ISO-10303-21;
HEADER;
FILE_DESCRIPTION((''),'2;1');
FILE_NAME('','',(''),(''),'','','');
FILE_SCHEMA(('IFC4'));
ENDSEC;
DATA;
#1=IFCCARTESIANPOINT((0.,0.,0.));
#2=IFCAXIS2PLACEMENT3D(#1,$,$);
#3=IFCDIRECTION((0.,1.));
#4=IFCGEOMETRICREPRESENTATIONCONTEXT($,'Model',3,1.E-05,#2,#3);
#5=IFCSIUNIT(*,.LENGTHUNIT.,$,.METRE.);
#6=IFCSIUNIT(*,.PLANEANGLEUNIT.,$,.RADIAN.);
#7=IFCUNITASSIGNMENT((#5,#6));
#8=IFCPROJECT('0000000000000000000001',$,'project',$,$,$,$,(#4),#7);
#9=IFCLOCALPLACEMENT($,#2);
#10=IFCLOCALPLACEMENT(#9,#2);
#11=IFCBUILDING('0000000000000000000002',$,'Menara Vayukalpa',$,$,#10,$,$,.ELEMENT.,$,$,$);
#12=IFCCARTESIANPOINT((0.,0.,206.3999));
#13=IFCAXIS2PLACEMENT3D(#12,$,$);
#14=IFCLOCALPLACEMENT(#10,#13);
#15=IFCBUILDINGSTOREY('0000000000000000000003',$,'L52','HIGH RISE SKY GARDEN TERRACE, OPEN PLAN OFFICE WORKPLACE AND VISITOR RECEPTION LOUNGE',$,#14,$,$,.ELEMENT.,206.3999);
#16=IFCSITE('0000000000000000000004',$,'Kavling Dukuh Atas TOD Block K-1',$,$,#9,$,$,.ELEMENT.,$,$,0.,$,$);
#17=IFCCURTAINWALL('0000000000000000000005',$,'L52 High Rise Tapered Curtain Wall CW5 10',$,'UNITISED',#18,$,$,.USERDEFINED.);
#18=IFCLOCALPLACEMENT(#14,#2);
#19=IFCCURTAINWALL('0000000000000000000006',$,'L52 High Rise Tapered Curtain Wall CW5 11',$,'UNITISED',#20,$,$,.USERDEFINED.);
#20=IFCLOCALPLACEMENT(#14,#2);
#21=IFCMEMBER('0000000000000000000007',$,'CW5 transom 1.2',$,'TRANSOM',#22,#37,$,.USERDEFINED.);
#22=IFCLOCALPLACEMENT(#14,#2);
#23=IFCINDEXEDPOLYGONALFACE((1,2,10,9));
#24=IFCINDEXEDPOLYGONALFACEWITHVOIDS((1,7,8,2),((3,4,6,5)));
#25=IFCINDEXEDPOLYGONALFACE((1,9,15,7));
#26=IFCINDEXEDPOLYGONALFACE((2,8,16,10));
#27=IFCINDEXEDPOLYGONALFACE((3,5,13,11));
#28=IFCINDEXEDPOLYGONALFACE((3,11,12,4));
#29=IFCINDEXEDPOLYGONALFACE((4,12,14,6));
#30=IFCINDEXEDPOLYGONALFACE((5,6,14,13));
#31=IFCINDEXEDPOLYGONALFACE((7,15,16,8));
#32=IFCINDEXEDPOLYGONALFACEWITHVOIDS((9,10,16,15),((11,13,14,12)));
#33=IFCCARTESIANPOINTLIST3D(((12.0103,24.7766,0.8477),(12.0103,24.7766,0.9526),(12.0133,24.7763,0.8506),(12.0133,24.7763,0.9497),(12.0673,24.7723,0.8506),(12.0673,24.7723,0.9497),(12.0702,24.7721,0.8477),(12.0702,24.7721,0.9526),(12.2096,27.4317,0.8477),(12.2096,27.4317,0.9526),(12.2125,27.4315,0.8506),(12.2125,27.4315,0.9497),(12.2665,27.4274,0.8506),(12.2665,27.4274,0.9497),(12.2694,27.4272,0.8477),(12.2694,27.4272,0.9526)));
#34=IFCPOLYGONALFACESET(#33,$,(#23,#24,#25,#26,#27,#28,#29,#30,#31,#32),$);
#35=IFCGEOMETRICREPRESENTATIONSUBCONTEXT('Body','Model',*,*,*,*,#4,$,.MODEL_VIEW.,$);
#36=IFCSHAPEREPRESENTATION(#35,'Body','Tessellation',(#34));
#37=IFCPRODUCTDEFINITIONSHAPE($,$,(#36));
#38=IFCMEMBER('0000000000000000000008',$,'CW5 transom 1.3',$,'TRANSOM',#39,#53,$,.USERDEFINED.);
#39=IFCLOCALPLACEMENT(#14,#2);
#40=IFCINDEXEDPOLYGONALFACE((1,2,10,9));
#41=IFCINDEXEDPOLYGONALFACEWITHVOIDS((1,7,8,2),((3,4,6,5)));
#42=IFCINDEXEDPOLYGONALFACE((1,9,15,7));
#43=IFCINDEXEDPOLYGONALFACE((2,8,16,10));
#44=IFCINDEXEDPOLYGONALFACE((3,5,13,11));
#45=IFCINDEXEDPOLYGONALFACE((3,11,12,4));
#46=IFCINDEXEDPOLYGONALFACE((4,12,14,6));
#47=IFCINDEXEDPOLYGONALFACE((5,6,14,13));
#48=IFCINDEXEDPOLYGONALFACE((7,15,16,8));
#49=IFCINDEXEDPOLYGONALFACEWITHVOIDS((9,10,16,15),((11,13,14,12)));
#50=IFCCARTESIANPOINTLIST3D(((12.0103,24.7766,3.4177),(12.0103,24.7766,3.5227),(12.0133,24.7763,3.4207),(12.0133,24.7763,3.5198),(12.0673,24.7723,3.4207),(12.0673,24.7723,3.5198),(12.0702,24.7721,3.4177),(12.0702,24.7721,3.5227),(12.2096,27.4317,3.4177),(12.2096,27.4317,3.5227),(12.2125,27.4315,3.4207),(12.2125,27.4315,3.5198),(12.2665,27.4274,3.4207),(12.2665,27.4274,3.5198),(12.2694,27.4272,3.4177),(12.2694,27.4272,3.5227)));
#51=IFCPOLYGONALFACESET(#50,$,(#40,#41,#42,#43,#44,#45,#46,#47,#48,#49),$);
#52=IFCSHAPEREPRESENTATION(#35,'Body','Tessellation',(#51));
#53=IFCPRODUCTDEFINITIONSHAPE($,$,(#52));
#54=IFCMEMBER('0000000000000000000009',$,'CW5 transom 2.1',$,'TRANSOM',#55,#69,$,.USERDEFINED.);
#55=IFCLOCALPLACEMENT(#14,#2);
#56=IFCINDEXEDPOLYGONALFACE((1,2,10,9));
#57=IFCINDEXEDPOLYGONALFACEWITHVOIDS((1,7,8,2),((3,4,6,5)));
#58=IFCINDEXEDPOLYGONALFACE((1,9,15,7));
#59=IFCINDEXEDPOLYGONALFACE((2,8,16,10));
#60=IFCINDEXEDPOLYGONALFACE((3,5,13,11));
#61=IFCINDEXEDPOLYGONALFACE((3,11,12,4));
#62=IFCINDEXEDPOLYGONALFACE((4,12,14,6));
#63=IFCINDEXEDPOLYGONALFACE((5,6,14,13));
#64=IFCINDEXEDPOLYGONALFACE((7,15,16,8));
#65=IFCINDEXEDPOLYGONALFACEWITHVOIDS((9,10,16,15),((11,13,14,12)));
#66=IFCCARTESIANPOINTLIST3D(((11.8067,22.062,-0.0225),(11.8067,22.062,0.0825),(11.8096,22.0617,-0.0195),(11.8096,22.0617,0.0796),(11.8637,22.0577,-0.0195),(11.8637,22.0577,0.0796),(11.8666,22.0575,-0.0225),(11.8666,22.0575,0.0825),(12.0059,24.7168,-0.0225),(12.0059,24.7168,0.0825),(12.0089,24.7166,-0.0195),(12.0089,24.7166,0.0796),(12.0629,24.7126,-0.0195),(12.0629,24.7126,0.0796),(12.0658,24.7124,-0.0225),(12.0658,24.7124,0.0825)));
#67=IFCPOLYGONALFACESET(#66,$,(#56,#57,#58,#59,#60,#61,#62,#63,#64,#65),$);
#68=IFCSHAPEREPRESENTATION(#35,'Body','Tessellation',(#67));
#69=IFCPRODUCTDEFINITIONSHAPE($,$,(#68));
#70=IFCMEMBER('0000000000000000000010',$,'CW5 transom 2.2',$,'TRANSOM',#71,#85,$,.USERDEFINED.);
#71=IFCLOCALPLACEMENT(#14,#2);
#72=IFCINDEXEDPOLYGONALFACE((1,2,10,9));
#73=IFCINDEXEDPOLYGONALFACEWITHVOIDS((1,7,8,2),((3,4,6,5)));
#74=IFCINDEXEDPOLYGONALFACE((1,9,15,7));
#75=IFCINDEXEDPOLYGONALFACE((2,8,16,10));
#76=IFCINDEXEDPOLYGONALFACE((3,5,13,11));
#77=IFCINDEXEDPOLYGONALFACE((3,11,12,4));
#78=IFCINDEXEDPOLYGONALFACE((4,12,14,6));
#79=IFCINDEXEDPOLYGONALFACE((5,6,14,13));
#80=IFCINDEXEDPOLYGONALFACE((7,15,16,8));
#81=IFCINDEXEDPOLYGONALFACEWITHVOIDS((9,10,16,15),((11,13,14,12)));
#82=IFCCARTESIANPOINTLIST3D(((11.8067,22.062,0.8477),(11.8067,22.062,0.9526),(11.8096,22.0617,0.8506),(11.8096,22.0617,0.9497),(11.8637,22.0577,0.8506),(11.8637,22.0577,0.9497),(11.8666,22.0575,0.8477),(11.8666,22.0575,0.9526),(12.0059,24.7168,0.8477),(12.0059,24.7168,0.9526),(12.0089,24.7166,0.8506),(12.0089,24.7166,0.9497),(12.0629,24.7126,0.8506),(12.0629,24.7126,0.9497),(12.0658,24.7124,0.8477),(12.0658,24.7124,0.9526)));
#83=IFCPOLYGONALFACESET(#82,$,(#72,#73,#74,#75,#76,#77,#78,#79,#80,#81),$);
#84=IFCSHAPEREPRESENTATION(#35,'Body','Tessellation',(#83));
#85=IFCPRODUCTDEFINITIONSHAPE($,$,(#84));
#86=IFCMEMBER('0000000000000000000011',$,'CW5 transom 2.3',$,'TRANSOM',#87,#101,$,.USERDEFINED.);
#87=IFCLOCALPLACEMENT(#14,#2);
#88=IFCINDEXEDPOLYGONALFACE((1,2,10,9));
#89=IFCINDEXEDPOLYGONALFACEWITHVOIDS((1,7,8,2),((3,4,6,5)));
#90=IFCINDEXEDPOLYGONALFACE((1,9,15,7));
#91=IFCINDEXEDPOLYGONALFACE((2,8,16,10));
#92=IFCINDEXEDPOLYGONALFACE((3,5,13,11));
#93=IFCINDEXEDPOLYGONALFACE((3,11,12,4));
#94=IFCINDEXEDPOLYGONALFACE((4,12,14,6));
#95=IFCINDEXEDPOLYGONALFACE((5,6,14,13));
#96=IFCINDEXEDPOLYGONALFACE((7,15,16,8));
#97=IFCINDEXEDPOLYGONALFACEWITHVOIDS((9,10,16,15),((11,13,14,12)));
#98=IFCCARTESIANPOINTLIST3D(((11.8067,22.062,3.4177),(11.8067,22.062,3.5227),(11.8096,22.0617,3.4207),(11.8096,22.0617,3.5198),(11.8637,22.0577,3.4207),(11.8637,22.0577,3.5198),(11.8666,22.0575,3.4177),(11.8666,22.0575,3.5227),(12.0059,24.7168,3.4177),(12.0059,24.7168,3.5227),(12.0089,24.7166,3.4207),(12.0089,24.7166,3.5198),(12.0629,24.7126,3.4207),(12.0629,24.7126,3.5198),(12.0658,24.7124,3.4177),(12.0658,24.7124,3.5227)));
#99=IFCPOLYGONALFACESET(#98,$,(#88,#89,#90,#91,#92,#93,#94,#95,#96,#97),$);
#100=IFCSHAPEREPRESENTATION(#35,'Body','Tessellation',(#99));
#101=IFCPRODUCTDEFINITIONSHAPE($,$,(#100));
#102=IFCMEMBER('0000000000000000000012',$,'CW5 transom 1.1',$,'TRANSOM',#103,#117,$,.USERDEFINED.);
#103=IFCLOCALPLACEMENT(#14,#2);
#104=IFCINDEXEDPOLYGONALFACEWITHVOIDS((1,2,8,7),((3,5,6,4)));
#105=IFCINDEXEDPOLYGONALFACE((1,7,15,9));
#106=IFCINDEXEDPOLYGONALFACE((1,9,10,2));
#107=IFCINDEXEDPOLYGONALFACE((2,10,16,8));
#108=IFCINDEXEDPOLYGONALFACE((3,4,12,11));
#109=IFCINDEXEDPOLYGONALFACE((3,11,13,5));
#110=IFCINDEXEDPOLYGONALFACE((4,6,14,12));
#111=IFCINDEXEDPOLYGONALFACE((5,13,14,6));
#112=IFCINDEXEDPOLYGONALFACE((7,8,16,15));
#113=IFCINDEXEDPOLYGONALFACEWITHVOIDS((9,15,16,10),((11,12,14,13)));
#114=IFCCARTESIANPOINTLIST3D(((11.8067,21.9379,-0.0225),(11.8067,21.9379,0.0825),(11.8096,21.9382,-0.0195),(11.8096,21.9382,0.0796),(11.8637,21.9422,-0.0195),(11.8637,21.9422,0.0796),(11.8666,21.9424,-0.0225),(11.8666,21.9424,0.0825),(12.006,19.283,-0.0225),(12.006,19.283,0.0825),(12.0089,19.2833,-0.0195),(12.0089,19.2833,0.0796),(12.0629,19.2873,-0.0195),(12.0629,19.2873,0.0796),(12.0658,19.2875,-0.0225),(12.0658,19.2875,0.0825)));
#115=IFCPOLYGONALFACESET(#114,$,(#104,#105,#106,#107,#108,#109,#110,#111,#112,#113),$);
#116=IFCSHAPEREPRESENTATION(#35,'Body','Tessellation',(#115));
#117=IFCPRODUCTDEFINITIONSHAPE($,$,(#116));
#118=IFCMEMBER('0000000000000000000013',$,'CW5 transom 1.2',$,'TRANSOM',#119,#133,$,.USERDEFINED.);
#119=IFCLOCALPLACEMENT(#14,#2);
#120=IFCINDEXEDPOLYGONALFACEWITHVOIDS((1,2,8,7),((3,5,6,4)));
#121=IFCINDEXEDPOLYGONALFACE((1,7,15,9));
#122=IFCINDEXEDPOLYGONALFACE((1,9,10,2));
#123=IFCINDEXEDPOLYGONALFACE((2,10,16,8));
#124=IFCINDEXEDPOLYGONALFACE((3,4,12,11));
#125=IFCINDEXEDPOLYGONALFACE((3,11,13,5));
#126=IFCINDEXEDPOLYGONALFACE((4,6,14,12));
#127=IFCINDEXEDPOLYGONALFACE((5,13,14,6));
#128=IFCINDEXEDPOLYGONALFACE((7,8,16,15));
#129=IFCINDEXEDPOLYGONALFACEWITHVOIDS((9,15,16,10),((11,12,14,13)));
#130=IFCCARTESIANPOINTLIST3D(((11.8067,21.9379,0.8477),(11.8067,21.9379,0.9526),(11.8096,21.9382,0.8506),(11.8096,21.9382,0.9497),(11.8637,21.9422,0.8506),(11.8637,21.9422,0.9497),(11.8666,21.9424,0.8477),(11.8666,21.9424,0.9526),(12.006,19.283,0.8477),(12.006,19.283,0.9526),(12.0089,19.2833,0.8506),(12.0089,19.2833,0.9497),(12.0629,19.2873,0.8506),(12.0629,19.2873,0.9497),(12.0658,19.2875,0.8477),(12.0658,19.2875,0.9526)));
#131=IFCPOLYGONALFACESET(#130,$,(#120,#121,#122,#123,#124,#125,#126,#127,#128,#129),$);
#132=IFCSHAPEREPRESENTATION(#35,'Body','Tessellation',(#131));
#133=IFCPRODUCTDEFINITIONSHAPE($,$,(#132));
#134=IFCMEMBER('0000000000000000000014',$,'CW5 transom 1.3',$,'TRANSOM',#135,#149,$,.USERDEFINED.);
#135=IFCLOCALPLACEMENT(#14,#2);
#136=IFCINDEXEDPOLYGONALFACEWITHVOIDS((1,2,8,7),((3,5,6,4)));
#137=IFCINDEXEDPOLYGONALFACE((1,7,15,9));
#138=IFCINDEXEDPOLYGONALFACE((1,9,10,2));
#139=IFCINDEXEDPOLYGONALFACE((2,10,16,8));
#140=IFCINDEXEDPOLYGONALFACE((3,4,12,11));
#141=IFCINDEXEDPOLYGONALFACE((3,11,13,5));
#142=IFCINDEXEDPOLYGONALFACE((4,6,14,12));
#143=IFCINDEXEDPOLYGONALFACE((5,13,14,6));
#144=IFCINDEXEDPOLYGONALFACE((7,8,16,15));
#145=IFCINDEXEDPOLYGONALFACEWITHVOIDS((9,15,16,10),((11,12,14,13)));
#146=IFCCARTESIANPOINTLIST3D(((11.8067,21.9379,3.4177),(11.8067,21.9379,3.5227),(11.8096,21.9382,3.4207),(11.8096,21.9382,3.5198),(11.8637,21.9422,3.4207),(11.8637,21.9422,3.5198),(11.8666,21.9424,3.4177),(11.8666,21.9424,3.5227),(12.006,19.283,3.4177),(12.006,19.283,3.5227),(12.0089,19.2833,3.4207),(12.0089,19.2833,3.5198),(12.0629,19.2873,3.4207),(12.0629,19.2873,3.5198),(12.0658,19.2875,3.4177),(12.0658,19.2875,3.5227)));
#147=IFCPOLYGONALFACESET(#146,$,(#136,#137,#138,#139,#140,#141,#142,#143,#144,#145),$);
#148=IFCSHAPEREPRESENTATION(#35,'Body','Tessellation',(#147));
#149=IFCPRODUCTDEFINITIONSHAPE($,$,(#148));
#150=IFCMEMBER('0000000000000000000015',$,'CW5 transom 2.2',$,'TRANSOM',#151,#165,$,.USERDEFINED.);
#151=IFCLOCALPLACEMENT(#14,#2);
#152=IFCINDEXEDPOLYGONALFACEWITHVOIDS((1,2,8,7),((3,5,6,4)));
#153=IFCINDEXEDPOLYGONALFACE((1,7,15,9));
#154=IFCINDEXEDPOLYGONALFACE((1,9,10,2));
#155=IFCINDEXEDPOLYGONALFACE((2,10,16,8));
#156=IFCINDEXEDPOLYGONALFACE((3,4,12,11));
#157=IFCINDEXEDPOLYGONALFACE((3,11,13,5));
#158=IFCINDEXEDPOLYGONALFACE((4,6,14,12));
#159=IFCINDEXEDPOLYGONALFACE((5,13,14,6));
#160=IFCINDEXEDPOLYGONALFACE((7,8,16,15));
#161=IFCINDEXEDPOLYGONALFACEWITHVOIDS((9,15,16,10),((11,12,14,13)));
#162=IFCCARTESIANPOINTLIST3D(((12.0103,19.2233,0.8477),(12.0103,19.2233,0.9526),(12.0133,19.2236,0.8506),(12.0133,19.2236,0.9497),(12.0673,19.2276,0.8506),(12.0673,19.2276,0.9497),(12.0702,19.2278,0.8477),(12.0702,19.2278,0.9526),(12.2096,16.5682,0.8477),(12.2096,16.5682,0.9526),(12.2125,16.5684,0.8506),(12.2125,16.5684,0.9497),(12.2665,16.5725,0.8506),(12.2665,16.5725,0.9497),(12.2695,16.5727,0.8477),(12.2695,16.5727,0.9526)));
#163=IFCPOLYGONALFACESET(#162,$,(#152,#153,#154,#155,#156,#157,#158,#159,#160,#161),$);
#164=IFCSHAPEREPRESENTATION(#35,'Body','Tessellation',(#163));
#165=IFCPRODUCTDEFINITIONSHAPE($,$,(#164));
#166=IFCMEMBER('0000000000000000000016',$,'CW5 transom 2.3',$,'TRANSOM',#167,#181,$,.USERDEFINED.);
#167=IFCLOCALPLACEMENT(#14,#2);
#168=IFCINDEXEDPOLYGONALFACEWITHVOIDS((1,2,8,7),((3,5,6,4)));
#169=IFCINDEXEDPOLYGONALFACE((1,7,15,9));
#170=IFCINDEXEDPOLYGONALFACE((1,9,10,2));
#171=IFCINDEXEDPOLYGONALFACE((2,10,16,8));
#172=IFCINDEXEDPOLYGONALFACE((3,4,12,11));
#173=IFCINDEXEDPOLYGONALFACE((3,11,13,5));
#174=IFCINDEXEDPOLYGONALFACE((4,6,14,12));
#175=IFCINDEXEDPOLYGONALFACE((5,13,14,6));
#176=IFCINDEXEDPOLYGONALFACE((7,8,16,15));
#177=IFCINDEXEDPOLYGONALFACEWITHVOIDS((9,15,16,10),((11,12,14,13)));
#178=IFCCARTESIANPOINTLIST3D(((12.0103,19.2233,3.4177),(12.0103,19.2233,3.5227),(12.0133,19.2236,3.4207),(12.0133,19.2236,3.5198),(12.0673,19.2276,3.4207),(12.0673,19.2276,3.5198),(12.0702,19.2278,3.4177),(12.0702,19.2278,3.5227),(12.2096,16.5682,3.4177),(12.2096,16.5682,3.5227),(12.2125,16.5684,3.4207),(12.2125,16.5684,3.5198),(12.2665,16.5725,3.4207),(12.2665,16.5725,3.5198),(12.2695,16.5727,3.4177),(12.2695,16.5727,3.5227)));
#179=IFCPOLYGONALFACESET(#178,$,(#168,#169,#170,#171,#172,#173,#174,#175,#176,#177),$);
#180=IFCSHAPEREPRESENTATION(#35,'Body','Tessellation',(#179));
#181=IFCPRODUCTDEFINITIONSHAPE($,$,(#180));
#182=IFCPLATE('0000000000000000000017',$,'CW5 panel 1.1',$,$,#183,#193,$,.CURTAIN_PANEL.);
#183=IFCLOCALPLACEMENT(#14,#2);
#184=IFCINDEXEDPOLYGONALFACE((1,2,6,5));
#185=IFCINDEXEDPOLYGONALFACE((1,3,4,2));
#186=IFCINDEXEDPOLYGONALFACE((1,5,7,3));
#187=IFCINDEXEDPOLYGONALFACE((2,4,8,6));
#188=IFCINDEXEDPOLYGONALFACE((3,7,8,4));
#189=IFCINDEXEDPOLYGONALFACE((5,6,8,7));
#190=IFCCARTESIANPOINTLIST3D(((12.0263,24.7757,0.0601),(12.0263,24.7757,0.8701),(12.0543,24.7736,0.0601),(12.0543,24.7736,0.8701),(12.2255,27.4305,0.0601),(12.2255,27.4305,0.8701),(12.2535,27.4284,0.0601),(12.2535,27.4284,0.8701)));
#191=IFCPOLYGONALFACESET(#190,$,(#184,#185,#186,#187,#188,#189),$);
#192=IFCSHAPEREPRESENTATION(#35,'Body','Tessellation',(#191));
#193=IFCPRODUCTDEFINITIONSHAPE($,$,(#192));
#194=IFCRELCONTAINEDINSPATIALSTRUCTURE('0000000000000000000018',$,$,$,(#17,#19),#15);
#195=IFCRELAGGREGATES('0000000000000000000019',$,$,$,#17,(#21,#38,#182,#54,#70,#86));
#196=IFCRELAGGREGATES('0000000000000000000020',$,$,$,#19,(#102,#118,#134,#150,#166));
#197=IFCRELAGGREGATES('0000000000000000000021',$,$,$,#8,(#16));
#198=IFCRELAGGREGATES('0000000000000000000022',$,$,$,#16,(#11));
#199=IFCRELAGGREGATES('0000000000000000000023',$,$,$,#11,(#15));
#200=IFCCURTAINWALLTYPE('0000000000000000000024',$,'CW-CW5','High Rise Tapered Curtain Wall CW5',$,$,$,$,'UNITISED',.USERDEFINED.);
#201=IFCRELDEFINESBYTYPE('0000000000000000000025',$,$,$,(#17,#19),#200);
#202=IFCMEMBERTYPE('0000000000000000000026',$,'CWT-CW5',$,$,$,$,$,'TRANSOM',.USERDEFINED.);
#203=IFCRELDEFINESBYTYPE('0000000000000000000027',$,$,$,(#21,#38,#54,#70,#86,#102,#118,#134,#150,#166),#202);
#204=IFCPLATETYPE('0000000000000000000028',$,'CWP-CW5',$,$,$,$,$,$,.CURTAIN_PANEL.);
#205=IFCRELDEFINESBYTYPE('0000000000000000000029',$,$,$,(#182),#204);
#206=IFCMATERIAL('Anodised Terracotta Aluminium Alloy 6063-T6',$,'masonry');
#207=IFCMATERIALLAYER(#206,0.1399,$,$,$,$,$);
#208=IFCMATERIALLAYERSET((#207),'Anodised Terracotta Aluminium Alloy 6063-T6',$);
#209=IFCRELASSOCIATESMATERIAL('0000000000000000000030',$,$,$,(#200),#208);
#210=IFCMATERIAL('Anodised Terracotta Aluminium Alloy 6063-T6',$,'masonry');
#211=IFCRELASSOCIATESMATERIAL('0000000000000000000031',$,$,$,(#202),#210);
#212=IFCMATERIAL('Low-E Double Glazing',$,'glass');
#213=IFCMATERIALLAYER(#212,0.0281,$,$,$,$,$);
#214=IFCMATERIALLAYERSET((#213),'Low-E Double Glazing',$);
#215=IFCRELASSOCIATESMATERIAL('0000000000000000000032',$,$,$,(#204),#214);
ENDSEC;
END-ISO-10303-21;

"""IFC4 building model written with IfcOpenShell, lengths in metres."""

from ifc_helpers import new_model, si_unit, direction, frame, origin, origin_2d, place, context, subcontext, project, spatial, rectangle, hollow_rectangle, extrude, material, layer, layer_set, material_profile, profile_set, type_object, element, aggregate, save


model = new_model("IFC4")

# Units and contexts
model_context = context("Model", 3, precision=1e-05, world=origin(), true_north=direction((0.0, 1.0)))
body_context = subcontext(model_context, "Body", "Model", "MODEL_VIEW")
ifc_project = project(units=[si_unit("LENGTHUNIT", "METRE"), si_unit("PLANEANGLEUNIT", "RADIAN")], contexts=[model_context])

# Site, building, storey
site_placement = place(None, origin())
site = spatial("IfcSite", under=ifc_project, at=site_placement, Name="Kavling Dukuh Atas TOD Block K-1", CompositionType="ELEMENT", RefElevation=0.0)
building_placement = place(site_placement, origin())
building = spatial("IfcBuilding", under=site, at=building_placement, Name="Menara Vayukalpa", CompositionType="ELEMENT")
storey_placement = place(building_placement, frame((0.0, 0.0, 206.3999)))
storey = spatial("IfcBuildingStorey", under=building, at=storey_placement, Name="L52", Description="HIGH RISE SKY GARDEN TERRACE, OPEN PLAN OFFICE WORKPLACE AND VISITOR RECEPTION LOUNGE", CompositionType="ELEMENT", Elevation=206.3999)

# Curtain walls
ifc_material_1 = material(Name="Anodised Terracotta Aluminium Alloy 6063-T6", Category="masonry")
ifc_layer_1 = layer(ifc_material_1, 0.1399)
ifc_layer_set_1 = layer_set([ifc_layer_1], Name="Anodised Terracotta Aluminium Alloy 6063-T6")
curtain_wall_type = type_object("IfcCurtainWallType", Name="CW-CW5", Description="High Rise Tapered Curtain Wall CW5", ElementType="UNITISED", PredefinedType="USERDEFINED", material=ifc_layer_set_1)
curtain_wall_1_placement = place(storey_placement, origin())
curtain_wall_1 = element("IfcCurtainWall", 1, at=curtain_wall_1_placement, inside=storey, type_object=curtain_wall_type, Name="L52 High Rise Tapered Curtain Wall CW5 10", ObjectType="UNITISED", PredefinedType="USERDEFINED")
curtain_wall_2_placement = place(storey_placement, origin())
curtain_wall_2 = element("IfcCurtainWall", 2, at=curtain_wall_2_placement, inside=storey, type_object=curtain_wall_type, Name="L52 High Rise Tapered Curtain Wall CW5 11", ObjectType="UNITISED", PredefinedType="USERDEFINED")

# Members
ifc_material_2 = material(Name="Anodised Terracotta Aluminium Alloy 6063-T6", Category="masonry")
ifc_material_profile_1 = material_profile(ifc_material_2, hollow_rectangle(XDim=0.0601, YDim=0.105, WallThickness=0.0029, at=origin_2d()), Name="ALU 60x105x3")
ifc_profile_set_1 = profile_set([ifc_material_profile_1], Name="Anodised Terracotta Aluminium Alloy 6063-T6")
member_type_1 = type_object("IfcMemberType", Name="CWT-CW5", ElementType="TRANSOM", PredefinedType="USERDEFINED", material=ifc_profile_set_1)
member_1_placement = place(storey_placement, frame((12.2395, 27.4294, 0.9001), z_axis=(-0.074824, -0.997197, 0.0), x_axis=(0.997197, -0.074824, 0.0)))
member_1 = element("IfcMember", 3, at=member_1_placement, type_object=member_type_1, Name="CW5 transom 1.2", ObjectType="TRANSOM", PredefinedType="USERDEFINED", context=body_context, shape_type="SweptSolid", body=[
    extrude(hollow_rectangle(XDim=0.0601, YDim=0.105, WallThickness=0.0029, at=origin_2d()), origin(), (0.0, 0.0, 1.0), 2.6626),
])
member_2_placement = place(storey_placement, frame((12.2395, 27.4294, 3.4702), z_axis=(-0.074824, -0.997197, 0.0), x_axis=(0.997197, -0.074824, 0.0)))
member_2 = element("IfcMember", 4, at=member_2_placement, type_object=member_type_1, Name="CW5 transom 1.3", ObjectType="TRANSOM", PredefinedType="USERDEFINED", context=body_context, shape_type="SweptSolid", body=[
    extrude(hollow_rectangle(XDim=0.0601, YDim=0.105, WallThickness=0.0029, at=origin_2d()), origin(), (0.0, 0.0, 1.0), 2.6626),
])
member_3_placement = place(storey_placement, frame((12.0359, 24.7146, 0.03), z_axis=(-0.074831, -0.997196, 0.0), x_axis=(0.997196, -0.074831, 0.0)))
member_3 = element("IfcMember", 5, at=member_3_placement, type_object=member_type_1, Name="CW5 transom 2.1", ObjectType="TRANSOM", PredefinedType="USERDEFINED", context=body_context, shape_type="SweptSolid", body=[
    extrude(hollow_rectangle(XDim=0.0601, YDim=0.105, WallThickness=0.0029, at=origin_2d()), origin(), (0.0, 0.0, 1.0), 2.6624),
])
member_4_placement = place(storey_placement, frame((12.0359, 24.7146, 0.9001), z_axis=(-0.074831, -0.997196, 0.0), x_axis=(0.997196, -0.074831, 0.0)))
member_4 = element("IfcMember", 6, at=member_4_placement, type_object=member_type_1, Name="CW5 transom 2.2", ObjectType="TRANSOM", PredefinedType="USERDEFINED", context=body_context, shape_type="SweptSolid", body=[
    extrude(hollow_rectangle(XDim=0.0601, YDim=0.105, WallThickness=0.0029, at=origin_2d()), origin(), (0.0, 0.0, 1.0), 2.6624),
])
member_5_placement = place(storey_placement, frame((12.0359, 24.7146, 3.4702), z_axis=(-0.074831, -0.997196, 0.0), x_axis=(0.997196, -0.074831, 0.0)))
member_5 = element("IfcMember", 7, at=member_5_placement, type_object=member_type_1, Name="CW5 transom 2.3", ObjectType="TRANSOM", PredefinedType="USERDEFINED", context=body_context, shape_type="SweptSolid", body=[
    extrude(hollow_rectangle(XDim=0.0601, YDim=0.105, WallThickness=0.0029, at=origin_2d()), origin(), (0.0, 0.0, 1.0), 2.6624),
])
member_6_placement = place(storey_placement, frame((11.8367, 21.9402, 0.03), z_axis=(0.074831, -0.997196, 0.0), x_axis=(0.997196, 0.074831, 0.0)))
member_6 = element("IfcMember", 8, at=member_6_placement, type_object=member_type_1, Name="CW5 transom 1.1", ObjectType="TRANSOM", PredefinedType="USERDEFINED", context=body_context, shape_type="SweptSolid", body=[
    extrude(hollow_rectangle(XDim=0.0601, YDim=0.105, WallThickness=0.0029, at=origin_2d()), origin(), (0.0, 0.0, 1.0), 2.6624),
])
member_7_placement = place(storey_placement, frame((11.8367, 21.9402, 0.9001), z_axis=(0.074831, -0.997196, 0.0), x_axis=(0.997196, 0.074831, 0.0)))
member_7 = element("IfcMember", 9, at=member_7_placement, type_object=member_type_1, Name="CW5 transom 1.2", ObjectType="TRANSOM", PredefinedType="USERDEFINED", context=body_context, shape_type="SweptSolid", body=[
    extrude(hollow_rectangle(XDim=0.0601, YDim=0.105, WallThickness=0.0029, at=origin_2d()), origin(), (0.0, 0.0, 1.0), 2.6624),
])
member_8_placement = place(storey_placement, frame((11.8367, 21.9402, 3.4702), z_axis=(0.074831, -0.997196, 0.0), x_axis=(0.997196, 0.074831, 0.0)))
member_8 = element("IfcMember", 10, at=member_8_placement, type_object=member_type_1, Name="CW5 transom 1.3", ObjectType="TRANSOM", PredefinedType="USERDEFINED", context=body_context, shape_type="SweptSolid", body=[
    extrude(hollow_rectangle(XDim=0.0601, YDim=0.105, WallThickness=0.0029, at=origin_2d()), origin(), (0.0, 0.0, 1.0), 2.6624),
])
member_9_placement = place(storey_placement, frame((12.0403, 19.2256, 0.9001), z_axis=(0.074824, -0.997197, 0.0), x_axis=(0.997197, 0.074824, 0.0)))
member_9 = element("IfcMember", 11, at=member_9_placement, type_object=member_type_1, Name="CW5 transom 2.2", ObjectType="TRANSOM", PredefinedType="USERDEFINED", context=body_context, shape_type="SweptSolid", body=[
    extrude(hollow_rectangle(XDim=0.0601, YDim=0.105, WallThickness=0.0029, at=origin_2d()), origin(), (0.0, 0.0, 1.0), 2.6626),
])
member_10_placement = place(storey_placement, frame((12.0403, 19.2256, 3.4702), z_axis=(0.074824, -0.997197, 0.0), x_axis=(0.997197, 0.074824, 0.0)))
member_10 = element("IfcMember", 12, at=member_10_placement, type_object=member_type_1, Name="CW5 transom 2.3", ObjectType="TRANSOM", PredefinedType="USERDEFINED", context=body_context, shape_type="SweptSolid", body=[
    extrude(hollow_rectangle(XDim=0.0601, YDim=0.105, WallThickness=0.0029, at=origin_2d()), origin(), (0.0, 0.0, 1.0), 2.6626),
])

# Plate
ifc_material_3 = material(Name="Low-E Double Glazing", Category="glass")
ifc_layer_2 = layer(ifc_material_3, 0.0281)
ifc_layer_set_2 = layer_set([ifc_layer_2], Name="Low-E Double Glazing")
plate_type = type_object("IfcPlateType", Name="CWP-CW5", PredefinedType="CURTAIN_PANEL", material=ifc_layer_set_2)
plate_1_placement = place(storey_placement, frame((12.1399, 26.1021, 0.0601), z_axis=(0.0, 0.0, 1.0), x_axis=(-0.074792, -0.997199, 0.0)))
plate_1 = element("IfcPlate", 13, at=plate_1_placement, type_object=plate_type, Name="CW5 panel 1.1", PredefinedType="CURTAIN_PANEL", context=body_context, shape_type="SweptSolid", body=[
    extrude(rectangle(XDim=2.6624, YDim=0.0281, at=origin_2d()), origin(), (0.0, 0.0, 1.0), 0.8101),
])
aggregate(curtain_wall_1, [member_1, member_2, plate_1, member_3, member_4, member_5])
aggregate(curtain_wall_2, [member_6, member_7, member_8, member_9, member_10])

save(model, "model.ifc")
